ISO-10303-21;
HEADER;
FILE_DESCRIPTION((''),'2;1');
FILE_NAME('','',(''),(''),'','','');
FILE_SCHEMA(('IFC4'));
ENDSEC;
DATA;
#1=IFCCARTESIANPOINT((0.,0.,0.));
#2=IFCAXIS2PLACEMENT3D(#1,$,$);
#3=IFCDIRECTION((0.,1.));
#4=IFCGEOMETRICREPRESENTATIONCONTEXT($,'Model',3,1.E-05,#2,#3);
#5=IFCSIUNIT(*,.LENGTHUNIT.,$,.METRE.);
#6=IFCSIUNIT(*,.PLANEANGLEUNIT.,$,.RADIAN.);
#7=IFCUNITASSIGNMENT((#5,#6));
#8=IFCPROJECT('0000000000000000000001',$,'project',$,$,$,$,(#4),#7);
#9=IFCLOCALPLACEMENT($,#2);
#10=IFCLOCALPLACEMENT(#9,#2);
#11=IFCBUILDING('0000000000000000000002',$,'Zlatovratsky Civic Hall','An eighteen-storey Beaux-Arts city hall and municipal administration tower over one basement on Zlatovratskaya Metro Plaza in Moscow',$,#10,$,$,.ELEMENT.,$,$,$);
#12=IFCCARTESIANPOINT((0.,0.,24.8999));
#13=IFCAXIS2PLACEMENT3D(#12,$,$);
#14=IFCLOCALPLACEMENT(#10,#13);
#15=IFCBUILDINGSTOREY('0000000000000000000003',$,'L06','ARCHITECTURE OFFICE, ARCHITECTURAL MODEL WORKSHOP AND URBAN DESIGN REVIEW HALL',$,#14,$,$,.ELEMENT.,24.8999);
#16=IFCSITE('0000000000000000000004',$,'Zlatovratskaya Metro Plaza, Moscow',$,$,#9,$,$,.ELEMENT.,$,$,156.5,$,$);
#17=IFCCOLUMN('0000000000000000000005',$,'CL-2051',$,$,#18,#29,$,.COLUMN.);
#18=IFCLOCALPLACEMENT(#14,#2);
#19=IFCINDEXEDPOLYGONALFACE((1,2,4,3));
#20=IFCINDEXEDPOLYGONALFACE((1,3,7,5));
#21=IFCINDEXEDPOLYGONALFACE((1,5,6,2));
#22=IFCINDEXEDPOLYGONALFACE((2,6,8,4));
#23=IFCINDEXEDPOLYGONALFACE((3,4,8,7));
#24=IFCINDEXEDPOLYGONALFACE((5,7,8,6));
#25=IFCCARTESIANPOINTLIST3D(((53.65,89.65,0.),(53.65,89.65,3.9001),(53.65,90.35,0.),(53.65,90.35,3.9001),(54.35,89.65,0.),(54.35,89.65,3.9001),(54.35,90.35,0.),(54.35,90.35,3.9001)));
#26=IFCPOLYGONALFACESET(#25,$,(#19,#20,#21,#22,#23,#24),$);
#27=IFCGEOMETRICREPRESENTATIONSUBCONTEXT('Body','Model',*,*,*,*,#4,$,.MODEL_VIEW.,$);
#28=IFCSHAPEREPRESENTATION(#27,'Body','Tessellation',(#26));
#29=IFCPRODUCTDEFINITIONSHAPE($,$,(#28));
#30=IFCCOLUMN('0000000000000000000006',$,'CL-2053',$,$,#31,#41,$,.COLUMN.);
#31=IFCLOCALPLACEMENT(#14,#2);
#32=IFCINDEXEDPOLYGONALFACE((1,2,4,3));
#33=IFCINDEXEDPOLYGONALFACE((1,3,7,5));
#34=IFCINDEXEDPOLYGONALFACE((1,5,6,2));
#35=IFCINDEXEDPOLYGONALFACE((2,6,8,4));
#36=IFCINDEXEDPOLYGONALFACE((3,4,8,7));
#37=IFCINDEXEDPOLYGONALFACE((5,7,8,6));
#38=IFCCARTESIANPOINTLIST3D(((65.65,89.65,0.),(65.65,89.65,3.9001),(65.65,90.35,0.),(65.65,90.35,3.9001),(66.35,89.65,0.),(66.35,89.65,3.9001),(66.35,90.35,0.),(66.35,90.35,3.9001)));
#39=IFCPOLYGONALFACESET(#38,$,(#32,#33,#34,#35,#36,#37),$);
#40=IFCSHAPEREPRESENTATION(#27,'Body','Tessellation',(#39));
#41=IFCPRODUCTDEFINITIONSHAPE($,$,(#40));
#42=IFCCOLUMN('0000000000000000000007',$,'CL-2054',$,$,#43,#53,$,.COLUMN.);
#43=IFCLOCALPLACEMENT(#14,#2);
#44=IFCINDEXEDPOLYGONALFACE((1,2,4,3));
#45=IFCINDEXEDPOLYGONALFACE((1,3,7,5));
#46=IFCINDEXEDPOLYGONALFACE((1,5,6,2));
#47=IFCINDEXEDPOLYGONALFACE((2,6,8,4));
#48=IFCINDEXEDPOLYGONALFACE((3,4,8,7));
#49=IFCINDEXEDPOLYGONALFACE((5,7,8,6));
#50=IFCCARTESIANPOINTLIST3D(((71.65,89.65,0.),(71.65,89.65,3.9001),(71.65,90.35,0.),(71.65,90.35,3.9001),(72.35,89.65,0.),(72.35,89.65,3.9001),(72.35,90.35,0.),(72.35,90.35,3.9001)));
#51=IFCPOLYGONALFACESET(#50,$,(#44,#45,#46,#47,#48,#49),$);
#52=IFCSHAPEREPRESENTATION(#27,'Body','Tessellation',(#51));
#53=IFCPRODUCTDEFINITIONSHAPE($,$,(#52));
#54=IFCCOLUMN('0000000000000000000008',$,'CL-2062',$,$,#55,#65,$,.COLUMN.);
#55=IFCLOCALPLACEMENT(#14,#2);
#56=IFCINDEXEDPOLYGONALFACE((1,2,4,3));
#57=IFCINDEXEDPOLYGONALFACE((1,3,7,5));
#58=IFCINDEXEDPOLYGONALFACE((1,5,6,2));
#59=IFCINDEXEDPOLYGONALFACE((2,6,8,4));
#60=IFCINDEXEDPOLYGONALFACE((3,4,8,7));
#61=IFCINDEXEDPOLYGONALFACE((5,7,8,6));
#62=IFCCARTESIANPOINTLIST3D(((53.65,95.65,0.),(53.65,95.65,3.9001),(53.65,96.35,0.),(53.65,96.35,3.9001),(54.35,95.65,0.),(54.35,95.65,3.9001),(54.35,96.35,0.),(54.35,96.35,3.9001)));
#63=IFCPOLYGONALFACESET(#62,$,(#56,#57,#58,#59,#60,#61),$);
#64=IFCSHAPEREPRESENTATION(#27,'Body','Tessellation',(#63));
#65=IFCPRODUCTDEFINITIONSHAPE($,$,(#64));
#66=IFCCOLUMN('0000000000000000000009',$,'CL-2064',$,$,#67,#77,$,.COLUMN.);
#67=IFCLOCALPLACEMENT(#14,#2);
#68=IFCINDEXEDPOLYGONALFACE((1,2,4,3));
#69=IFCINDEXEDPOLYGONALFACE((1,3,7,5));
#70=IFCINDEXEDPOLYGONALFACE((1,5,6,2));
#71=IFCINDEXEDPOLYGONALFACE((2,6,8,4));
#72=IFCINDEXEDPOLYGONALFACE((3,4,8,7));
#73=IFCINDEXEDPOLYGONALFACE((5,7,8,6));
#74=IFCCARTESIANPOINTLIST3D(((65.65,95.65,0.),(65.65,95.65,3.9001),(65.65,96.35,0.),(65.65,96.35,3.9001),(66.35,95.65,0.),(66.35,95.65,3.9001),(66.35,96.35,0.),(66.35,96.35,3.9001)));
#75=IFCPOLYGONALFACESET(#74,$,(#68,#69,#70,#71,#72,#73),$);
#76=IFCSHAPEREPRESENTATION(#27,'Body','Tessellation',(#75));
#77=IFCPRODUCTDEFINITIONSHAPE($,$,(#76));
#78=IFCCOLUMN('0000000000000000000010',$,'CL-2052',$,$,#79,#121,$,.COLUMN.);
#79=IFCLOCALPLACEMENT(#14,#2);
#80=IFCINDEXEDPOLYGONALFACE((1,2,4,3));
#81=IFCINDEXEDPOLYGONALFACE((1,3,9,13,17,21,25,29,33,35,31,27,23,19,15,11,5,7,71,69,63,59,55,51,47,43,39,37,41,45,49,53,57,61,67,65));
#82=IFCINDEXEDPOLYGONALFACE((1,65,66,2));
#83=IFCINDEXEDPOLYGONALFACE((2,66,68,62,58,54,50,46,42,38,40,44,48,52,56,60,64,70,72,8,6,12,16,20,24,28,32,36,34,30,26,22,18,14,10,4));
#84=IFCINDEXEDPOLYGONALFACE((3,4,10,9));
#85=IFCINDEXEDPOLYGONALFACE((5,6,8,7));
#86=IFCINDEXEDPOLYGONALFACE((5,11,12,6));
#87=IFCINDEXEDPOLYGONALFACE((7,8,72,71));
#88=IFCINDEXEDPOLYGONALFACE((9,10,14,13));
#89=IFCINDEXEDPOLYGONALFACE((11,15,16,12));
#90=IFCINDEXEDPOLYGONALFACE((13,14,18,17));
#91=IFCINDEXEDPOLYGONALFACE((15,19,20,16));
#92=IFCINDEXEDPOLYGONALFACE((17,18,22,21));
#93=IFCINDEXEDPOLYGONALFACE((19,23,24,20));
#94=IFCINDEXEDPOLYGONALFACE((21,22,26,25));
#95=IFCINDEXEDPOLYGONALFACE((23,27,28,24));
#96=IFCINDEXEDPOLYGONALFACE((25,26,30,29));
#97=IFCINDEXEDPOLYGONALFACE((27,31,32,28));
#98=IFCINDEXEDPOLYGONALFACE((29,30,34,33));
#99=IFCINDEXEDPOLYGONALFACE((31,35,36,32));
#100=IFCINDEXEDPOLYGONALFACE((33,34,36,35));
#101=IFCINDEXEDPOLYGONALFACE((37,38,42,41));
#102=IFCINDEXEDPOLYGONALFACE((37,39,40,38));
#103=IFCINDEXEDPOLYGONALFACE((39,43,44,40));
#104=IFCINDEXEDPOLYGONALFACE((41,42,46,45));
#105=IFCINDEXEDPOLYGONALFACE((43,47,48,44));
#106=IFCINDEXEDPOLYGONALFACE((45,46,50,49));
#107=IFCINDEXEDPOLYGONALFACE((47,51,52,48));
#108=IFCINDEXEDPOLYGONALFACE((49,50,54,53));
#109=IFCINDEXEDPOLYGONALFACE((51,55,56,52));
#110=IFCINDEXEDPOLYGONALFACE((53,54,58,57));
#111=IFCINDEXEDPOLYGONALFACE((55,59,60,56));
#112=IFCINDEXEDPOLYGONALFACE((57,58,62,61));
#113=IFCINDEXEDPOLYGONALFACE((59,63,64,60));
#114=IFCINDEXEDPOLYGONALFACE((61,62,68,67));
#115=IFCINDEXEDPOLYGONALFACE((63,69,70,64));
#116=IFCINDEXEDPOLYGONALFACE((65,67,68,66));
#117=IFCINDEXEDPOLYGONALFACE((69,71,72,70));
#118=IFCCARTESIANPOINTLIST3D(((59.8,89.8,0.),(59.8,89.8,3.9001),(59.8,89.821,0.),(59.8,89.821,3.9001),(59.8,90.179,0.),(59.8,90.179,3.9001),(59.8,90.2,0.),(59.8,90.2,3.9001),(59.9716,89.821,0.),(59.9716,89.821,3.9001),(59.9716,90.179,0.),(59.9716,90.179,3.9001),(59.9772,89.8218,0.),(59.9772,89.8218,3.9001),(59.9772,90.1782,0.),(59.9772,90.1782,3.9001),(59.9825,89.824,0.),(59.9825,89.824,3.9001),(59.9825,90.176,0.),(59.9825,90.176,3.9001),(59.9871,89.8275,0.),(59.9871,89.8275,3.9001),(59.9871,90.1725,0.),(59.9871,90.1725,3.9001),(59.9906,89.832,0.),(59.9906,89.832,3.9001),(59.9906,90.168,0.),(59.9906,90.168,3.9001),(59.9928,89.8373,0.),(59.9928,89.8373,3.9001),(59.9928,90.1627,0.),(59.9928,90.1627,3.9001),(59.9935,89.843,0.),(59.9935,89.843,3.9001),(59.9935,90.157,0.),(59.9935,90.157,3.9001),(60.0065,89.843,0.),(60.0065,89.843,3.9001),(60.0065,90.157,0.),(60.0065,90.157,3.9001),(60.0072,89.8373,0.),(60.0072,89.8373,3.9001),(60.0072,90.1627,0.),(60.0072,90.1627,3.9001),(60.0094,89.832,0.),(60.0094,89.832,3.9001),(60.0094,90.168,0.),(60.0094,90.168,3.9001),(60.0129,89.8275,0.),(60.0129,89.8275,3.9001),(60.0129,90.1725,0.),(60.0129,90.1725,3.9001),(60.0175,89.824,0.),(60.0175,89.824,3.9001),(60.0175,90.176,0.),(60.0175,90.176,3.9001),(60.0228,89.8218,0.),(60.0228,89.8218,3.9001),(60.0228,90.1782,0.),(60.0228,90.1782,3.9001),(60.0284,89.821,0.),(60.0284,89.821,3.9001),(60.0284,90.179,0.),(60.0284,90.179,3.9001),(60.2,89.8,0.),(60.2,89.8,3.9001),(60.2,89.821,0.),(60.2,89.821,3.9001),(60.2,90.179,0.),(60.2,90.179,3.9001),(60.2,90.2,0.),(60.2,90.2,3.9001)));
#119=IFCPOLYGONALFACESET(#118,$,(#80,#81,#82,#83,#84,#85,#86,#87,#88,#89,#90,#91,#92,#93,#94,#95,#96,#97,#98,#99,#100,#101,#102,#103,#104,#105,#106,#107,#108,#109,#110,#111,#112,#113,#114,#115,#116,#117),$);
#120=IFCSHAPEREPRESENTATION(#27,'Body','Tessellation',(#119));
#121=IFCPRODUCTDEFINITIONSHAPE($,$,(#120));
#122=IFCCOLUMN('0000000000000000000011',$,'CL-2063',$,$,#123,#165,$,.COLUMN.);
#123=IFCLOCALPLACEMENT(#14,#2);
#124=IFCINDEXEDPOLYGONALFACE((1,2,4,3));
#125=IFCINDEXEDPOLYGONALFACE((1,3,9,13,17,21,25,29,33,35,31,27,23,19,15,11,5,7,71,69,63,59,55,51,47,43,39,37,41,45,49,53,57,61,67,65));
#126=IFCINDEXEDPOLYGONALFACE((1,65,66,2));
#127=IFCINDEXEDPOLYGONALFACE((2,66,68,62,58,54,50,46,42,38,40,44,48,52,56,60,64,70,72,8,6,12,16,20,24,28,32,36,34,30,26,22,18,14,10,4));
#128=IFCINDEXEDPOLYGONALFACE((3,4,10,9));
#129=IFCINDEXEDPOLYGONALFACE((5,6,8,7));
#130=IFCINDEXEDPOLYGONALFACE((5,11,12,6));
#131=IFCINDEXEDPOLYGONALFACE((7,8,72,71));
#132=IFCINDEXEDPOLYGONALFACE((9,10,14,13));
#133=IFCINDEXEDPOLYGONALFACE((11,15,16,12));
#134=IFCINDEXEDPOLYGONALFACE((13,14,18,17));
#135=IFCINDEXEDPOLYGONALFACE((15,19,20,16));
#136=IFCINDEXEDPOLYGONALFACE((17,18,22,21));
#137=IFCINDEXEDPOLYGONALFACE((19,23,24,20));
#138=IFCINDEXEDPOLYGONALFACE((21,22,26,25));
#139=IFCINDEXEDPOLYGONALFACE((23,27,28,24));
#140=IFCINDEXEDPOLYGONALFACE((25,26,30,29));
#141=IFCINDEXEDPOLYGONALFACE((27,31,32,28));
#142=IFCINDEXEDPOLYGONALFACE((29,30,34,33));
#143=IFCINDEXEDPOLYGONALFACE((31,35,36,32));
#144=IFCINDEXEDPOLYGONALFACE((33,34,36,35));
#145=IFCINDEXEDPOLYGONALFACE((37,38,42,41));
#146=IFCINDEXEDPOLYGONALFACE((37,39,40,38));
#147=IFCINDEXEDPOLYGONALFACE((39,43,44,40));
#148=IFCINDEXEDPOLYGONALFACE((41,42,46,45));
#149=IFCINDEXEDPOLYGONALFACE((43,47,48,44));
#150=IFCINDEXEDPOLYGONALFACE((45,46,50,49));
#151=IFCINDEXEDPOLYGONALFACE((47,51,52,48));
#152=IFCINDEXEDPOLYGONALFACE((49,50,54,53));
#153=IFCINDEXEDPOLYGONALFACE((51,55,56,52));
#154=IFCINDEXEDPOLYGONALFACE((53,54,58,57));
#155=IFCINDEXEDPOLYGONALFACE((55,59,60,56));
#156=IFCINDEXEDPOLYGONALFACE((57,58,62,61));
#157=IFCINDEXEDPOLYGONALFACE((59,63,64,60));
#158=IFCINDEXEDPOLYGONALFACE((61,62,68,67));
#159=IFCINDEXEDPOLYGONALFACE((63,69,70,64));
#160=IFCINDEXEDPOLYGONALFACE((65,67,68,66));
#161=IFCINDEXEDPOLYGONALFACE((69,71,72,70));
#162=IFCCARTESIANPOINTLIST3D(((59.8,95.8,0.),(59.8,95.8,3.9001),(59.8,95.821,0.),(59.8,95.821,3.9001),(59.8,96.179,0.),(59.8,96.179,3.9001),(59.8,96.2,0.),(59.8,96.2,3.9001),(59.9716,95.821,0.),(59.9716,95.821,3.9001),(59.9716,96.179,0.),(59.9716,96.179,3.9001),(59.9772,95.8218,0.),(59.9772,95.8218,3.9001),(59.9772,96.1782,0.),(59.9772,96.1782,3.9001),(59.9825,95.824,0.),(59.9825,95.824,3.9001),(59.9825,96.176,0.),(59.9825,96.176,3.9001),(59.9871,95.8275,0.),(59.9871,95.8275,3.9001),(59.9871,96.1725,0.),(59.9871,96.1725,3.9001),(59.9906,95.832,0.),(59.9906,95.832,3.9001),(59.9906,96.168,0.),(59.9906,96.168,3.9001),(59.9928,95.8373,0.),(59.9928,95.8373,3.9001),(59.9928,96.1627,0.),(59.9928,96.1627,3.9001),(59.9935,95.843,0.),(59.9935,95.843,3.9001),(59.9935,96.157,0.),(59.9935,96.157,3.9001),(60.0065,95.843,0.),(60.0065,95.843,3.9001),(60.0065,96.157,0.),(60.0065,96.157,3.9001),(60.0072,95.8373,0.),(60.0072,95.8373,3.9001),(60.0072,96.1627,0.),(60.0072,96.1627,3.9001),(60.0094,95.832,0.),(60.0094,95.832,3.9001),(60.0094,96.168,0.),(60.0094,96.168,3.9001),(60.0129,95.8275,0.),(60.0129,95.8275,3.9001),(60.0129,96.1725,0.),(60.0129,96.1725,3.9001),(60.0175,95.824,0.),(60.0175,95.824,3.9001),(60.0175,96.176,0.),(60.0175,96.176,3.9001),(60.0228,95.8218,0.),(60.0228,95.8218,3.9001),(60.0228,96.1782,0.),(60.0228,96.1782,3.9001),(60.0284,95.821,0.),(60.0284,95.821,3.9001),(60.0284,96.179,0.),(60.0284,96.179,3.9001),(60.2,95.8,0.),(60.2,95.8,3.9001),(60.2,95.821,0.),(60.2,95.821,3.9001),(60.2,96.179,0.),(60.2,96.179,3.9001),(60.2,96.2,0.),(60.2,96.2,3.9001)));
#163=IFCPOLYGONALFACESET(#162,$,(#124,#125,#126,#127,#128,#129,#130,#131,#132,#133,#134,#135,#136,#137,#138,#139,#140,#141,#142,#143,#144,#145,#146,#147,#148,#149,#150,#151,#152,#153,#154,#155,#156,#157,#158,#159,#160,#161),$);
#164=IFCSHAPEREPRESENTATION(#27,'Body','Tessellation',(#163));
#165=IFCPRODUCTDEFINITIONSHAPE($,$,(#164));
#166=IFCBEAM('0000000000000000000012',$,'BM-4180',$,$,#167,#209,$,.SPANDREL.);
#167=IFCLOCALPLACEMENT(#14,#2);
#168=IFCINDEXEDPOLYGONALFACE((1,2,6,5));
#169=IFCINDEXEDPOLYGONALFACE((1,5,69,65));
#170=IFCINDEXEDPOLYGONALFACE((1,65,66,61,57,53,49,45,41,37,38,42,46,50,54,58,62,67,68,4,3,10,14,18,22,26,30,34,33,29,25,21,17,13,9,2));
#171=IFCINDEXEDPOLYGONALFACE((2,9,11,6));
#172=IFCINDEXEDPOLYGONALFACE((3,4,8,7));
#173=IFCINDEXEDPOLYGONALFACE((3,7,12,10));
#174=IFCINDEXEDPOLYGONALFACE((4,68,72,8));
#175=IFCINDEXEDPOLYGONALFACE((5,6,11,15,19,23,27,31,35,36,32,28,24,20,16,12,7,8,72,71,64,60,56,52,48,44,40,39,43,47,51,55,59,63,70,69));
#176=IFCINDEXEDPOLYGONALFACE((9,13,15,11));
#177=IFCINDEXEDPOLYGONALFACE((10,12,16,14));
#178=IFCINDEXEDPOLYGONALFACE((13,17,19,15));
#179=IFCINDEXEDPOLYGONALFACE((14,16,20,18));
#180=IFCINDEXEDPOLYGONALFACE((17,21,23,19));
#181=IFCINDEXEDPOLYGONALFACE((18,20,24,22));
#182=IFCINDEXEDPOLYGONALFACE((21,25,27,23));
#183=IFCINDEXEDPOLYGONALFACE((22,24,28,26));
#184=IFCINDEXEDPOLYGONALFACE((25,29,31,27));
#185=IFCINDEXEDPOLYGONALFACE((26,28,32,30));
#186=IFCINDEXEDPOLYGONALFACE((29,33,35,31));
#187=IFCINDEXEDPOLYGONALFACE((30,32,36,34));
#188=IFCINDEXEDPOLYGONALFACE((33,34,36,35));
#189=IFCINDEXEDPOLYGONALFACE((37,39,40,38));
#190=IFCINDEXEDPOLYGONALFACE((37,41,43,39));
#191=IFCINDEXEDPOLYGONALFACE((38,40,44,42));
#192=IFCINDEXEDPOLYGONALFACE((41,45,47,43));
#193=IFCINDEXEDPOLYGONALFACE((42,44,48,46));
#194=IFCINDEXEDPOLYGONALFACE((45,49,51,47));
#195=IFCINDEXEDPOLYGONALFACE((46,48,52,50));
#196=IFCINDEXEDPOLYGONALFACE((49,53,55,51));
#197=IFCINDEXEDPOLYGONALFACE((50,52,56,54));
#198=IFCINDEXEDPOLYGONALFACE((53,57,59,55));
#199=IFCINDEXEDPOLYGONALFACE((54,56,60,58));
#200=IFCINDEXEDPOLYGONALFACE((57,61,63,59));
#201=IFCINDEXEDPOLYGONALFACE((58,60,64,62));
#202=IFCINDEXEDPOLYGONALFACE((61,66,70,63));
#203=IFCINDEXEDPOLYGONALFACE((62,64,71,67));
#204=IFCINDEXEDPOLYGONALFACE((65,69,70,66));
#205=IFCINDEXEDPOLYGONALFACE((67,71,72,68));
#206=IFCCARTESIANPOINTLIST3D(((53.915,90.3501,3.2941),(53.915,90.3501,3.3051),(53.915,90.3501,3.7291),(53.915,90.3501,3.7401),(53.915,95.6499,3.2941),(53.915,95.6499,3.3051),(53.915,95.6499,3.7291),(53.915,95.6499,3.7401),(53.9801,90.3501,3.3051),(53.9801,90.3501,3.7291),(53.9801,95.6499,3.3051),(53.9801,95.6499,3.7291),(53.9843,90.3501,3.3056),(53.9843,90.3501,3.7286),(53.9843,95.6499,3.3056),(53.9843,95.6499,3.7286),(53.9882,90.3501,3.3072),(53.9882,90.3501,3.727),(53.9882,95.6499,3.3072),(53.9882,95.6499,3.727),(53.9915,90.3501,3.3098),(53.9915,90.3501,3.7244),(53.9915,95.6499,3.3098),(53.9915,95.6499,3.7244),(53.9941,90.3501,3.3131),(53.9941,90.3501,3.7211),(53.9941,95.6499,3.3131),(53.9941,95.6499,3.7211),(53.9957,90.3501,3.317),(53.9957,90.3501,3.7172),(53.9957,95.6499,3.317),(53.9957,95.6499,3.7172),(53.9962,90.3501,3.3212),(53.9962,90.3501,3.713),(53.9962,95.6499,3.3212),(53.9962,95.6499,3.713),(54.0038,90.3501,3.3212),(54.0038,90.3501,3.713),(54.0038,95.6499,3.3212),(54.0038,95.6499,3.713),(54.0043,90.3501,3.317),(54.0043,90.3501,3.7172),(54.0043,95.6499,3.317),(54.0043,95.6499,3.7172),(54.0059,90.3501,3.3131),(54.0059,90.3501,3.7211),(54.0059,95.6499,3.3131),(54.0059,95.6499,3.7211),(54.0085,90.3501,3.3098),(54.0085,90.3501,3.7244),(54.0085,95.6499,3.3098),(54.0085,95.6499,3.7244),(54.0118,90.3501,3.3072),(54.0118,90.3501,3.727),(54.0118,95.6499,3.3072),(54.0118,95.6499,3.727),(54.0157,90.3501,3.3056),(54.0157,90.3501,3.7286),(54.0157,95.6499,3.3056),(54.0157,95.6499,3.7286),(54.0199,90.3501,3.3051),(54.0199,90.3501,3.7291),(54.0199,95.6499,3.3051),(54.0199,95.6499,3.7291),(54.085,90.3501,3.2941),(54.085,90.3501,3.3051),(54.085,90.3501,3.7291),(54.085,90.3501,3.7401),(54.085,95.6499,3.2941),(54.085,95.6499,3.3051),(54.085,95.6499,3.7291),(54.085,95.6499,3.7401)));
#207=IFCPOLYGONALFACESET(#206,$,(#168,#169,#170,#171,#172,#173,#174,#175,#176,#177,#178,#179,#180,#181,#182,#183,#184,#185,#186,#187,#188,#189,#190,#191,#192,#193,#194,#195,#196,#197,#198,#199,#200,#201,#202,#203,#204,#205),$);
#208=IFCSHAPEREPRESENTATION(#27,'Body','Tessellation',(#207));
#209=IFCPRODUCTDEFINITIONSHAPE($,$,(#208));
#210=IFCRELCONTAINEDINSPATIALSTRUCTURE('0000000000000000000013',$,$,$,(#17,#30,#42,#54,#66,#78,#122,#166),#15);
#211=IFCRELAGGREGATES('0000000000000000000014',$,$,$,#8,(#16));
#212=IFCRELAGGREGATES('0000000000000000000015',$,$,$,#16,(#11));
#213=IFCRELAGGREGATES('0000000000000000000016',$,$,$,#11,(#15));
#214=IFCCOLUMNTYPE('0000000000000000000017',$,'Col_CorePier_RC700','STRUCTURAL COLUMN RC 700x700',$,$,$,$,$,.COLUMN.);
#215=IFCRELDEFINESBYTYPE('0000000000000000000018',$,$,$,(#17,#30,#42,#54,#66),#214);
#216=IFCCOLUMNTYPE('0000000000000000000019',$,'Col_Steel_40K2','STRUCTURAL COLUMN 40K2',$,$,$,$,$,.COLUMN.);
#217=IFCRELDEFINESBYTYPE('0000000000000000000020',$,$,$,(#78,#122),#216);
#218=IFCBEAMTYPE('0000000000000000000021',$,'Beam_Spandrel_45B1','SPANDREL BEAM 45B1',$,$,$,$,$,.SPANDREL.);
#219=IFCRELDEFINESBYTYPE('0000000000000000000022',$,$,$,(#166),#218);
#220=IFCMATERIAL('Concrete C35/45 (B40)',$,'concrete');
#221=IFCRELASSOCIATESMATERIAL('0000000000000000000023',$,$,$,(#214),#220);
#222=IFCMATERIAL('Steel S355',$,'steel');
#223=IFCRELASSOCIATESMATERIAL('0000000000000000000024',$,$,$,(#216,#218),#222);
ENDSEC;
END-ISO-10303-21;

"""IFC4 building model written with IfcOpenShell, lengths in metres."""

from ifc_helpers import new_model, si_unit, direction, frame, origin, origin_2d, place, context, subcontext, project, spatial, rectangle, i_section, extrude, material, material_profile, profile_set, type_object, element, save


model = new_model("IFC4")

# Units and contexts
model_context = context("Model", 3, precision=1e-05, world=origin(), true_north=direction((0.0, 1.0)))
body_context = subcontext(model_context, "Body", "Model", "MODEL_VIEW")
ifc_project = project(units=[si_unit("LENGTHUNIT", "METRE"), si_unit("PLANEANGLEUNIT", "RADIAN")], contexts=[model_context])

# Site, building, storey
site_placement = place(None, origin())
site = spatial("IfcSite", under=ifc_project, at=site_placement, Name="Zlatovratskaya Metro Plaza, Moscow", CompositionType="ELEMENT", RefElevation=156.5)
building_placement = place(site_placement, origin())
building = spatial("IfcBuilding", under=site, at=building_placement, Name="Zlatovratsky Civic Hall", Description="An eighteen-storey Beaux-Arts city hall and municipal administration tower over one basement on Zlatovratskaya Metro Plaza in Moscow", CompositionType="ELEMENT")
storey_placement = place(building_placement, frame((0.0, 0.0, 24.8999)))
storey = spatial("IfcBuildingStorey", under=building, at=storey_placement, Name="L06", Description="ARCHITECTURE OFFICE, ARCHITECTURAL MODEL WORKSHOP AND URBAN DESIGN REVIEW HALL", CompositionType="ELEMENT", Elevation=24.8999)

# Columns
ifc_material_1 = material(Name="Concrete C35/45 (B40)", Category="concrete")
ifc_material_profile_1 = material_profile(ifc_material_1, rectangle(XDim=0.7, YDim=0.7, at=origin_2d()), Name="RC 700x700")
ifc_profile_set_1 = profile_set([ifc_material_profile_1], Name="Concrete C35/45 (B40)")
column_type_1 = type_object("IfcColumnType", Name="Col_CorePier_RC700", Description="STRUCTURAL COLUMN RC 700x700", PredefinedType="COLUMN", material=ifc_profile_set_1)
for number, where, z_axis, x_axis, name in (
    (1, (54.0, 90.0, 0.0), (0.0, 0.0, 1.0), (1.0, 0.0, 0.0), "CL-2051"),
    (2, (66.0, 90.0, 0.0), (0.0, 0.0, 1.0), (1.0, 0.0, 0.0), "CL-2053"),
    (3, (72.0, 90.0, 0.0), (0.0, 0.0, 1.0), (1.0, 0.0, 0.0), "CL-2054"),
    (4, (54.0, 96.0, 0.0), (0.0, 0.0, 1.0), (1.0, 0.0, 0.0), "CL-2062"),
    (5, (66.0, 96.0, 0.0), (0.0, 0.0, 1.0), (1.0, 0.0, 0.0), "CL-2064"),
):
    element("IfcColumn", number, at=place(storey_placement, frame(where, z_axis=z_axis, x_axis=x_axis)), inside=storey, type_object=column_type_1, Name=name, PredefinedType="COLUMN", context=body_context, shape_type="SweptSolid", body=[
        extrude(rectangle(XDim=0.7, YDim=0.7, at=origin_2d()), origin(), (0.0, 0.0, 1.0), 3.9001),
    ])
ifc_material_2 = material(Name="Steel S355", Category="steel")
ifc_material_profile_2 = material_profile(ifc_material_2, i_section(OverallWidth=0.3999, OverallDepth=0.3999, WebThickness=0.0129, FlangeThickness=0.021, FilletRadius=0.022, at=origin_2d()), Name="40K2")
ifc_profile_set_2 = profile_set([ifc_material_profile_2], Name="Steel S355")
column_type_2 = type_object("IfcColumnType", Name="Col_Steel_40K2", Description="STRUCTURAL COLUMN 40K2", PredefinedType="COLUMN", material=ifc_profile_set_2)
for number, where, z_axis, x_axis, name in (
    (6, (60.0, 90.0, 0.0), (0.0, 0.0, 1.0), (1.0, 0.0, 0.0), "CL-2052"),
    (7, (60.0, 96.0, 0.0), (0.0, 0.0, 1.0), (1.0, 0.0, 0.0), "CL-2063"),
):
    element("IfcColumn", number, at=place(storey_placement, frame(where, z_axis=z_axis, x_axis=x_axis)), inside=storey, type_object=column_type_2, Name=name, PredefinedType="COLUMN", context=body_context, shape_type="SweptSolid", body=[
        extrude(i_section(OverallWidth=0.3999, OverallDepth=0.3999, WebThickness=0.0129, FlangeThickness=0.021, FilletRadius=0.022, at=origin_2d()), origin(), (0.0, 0.0, 1.0), 3.9001),
    ])

# Beam
ifc_material_profile_3 = material_profile(ifc_material_2, i_section(OverallWidth=0.1699, OverallDepth=0.446, WebThickness=0.0076, FlangeThickness=0.011, FilletRadius=0.0161, at=origin_2d()), Name="45B1")
ifc_profile_set_3 = profile_set([ifc_material_profile_3], Name="Steel S355")
beam_type_1 = type_object("IfcBeamType", Name="Beam_Spandrel_45B1", Description="SPANDREL BEAM 45B1", PredefinedType="SPANDREL", material=ifc_profile_set_3)
beam_1_placement = place(storey_placement, frame((54.0, 90.3501, 3.5171), z_axis=(0.0, 1.0, 0.0), x_axis=(-1.0, 0.0, 0.0)))
element("IfcBeam", 8, at=beam_1_placement, inside=storey, type_object=beam_type_1, Name="BM-4180", PredefinedType="SPANDREL", context=body_context, shape_type="SweptSolid", body=[
    extrude(i_section(OverallWidth=0.1699, OverallDepth=0.446, WebThickness=0.0076, FlangeThickness=0.011, FilletRadius=0.0161, at=origin_2d()), origin(), (0.0, 0.0, 1.0), 5.2998),
])

save(model, "model.ifc")
